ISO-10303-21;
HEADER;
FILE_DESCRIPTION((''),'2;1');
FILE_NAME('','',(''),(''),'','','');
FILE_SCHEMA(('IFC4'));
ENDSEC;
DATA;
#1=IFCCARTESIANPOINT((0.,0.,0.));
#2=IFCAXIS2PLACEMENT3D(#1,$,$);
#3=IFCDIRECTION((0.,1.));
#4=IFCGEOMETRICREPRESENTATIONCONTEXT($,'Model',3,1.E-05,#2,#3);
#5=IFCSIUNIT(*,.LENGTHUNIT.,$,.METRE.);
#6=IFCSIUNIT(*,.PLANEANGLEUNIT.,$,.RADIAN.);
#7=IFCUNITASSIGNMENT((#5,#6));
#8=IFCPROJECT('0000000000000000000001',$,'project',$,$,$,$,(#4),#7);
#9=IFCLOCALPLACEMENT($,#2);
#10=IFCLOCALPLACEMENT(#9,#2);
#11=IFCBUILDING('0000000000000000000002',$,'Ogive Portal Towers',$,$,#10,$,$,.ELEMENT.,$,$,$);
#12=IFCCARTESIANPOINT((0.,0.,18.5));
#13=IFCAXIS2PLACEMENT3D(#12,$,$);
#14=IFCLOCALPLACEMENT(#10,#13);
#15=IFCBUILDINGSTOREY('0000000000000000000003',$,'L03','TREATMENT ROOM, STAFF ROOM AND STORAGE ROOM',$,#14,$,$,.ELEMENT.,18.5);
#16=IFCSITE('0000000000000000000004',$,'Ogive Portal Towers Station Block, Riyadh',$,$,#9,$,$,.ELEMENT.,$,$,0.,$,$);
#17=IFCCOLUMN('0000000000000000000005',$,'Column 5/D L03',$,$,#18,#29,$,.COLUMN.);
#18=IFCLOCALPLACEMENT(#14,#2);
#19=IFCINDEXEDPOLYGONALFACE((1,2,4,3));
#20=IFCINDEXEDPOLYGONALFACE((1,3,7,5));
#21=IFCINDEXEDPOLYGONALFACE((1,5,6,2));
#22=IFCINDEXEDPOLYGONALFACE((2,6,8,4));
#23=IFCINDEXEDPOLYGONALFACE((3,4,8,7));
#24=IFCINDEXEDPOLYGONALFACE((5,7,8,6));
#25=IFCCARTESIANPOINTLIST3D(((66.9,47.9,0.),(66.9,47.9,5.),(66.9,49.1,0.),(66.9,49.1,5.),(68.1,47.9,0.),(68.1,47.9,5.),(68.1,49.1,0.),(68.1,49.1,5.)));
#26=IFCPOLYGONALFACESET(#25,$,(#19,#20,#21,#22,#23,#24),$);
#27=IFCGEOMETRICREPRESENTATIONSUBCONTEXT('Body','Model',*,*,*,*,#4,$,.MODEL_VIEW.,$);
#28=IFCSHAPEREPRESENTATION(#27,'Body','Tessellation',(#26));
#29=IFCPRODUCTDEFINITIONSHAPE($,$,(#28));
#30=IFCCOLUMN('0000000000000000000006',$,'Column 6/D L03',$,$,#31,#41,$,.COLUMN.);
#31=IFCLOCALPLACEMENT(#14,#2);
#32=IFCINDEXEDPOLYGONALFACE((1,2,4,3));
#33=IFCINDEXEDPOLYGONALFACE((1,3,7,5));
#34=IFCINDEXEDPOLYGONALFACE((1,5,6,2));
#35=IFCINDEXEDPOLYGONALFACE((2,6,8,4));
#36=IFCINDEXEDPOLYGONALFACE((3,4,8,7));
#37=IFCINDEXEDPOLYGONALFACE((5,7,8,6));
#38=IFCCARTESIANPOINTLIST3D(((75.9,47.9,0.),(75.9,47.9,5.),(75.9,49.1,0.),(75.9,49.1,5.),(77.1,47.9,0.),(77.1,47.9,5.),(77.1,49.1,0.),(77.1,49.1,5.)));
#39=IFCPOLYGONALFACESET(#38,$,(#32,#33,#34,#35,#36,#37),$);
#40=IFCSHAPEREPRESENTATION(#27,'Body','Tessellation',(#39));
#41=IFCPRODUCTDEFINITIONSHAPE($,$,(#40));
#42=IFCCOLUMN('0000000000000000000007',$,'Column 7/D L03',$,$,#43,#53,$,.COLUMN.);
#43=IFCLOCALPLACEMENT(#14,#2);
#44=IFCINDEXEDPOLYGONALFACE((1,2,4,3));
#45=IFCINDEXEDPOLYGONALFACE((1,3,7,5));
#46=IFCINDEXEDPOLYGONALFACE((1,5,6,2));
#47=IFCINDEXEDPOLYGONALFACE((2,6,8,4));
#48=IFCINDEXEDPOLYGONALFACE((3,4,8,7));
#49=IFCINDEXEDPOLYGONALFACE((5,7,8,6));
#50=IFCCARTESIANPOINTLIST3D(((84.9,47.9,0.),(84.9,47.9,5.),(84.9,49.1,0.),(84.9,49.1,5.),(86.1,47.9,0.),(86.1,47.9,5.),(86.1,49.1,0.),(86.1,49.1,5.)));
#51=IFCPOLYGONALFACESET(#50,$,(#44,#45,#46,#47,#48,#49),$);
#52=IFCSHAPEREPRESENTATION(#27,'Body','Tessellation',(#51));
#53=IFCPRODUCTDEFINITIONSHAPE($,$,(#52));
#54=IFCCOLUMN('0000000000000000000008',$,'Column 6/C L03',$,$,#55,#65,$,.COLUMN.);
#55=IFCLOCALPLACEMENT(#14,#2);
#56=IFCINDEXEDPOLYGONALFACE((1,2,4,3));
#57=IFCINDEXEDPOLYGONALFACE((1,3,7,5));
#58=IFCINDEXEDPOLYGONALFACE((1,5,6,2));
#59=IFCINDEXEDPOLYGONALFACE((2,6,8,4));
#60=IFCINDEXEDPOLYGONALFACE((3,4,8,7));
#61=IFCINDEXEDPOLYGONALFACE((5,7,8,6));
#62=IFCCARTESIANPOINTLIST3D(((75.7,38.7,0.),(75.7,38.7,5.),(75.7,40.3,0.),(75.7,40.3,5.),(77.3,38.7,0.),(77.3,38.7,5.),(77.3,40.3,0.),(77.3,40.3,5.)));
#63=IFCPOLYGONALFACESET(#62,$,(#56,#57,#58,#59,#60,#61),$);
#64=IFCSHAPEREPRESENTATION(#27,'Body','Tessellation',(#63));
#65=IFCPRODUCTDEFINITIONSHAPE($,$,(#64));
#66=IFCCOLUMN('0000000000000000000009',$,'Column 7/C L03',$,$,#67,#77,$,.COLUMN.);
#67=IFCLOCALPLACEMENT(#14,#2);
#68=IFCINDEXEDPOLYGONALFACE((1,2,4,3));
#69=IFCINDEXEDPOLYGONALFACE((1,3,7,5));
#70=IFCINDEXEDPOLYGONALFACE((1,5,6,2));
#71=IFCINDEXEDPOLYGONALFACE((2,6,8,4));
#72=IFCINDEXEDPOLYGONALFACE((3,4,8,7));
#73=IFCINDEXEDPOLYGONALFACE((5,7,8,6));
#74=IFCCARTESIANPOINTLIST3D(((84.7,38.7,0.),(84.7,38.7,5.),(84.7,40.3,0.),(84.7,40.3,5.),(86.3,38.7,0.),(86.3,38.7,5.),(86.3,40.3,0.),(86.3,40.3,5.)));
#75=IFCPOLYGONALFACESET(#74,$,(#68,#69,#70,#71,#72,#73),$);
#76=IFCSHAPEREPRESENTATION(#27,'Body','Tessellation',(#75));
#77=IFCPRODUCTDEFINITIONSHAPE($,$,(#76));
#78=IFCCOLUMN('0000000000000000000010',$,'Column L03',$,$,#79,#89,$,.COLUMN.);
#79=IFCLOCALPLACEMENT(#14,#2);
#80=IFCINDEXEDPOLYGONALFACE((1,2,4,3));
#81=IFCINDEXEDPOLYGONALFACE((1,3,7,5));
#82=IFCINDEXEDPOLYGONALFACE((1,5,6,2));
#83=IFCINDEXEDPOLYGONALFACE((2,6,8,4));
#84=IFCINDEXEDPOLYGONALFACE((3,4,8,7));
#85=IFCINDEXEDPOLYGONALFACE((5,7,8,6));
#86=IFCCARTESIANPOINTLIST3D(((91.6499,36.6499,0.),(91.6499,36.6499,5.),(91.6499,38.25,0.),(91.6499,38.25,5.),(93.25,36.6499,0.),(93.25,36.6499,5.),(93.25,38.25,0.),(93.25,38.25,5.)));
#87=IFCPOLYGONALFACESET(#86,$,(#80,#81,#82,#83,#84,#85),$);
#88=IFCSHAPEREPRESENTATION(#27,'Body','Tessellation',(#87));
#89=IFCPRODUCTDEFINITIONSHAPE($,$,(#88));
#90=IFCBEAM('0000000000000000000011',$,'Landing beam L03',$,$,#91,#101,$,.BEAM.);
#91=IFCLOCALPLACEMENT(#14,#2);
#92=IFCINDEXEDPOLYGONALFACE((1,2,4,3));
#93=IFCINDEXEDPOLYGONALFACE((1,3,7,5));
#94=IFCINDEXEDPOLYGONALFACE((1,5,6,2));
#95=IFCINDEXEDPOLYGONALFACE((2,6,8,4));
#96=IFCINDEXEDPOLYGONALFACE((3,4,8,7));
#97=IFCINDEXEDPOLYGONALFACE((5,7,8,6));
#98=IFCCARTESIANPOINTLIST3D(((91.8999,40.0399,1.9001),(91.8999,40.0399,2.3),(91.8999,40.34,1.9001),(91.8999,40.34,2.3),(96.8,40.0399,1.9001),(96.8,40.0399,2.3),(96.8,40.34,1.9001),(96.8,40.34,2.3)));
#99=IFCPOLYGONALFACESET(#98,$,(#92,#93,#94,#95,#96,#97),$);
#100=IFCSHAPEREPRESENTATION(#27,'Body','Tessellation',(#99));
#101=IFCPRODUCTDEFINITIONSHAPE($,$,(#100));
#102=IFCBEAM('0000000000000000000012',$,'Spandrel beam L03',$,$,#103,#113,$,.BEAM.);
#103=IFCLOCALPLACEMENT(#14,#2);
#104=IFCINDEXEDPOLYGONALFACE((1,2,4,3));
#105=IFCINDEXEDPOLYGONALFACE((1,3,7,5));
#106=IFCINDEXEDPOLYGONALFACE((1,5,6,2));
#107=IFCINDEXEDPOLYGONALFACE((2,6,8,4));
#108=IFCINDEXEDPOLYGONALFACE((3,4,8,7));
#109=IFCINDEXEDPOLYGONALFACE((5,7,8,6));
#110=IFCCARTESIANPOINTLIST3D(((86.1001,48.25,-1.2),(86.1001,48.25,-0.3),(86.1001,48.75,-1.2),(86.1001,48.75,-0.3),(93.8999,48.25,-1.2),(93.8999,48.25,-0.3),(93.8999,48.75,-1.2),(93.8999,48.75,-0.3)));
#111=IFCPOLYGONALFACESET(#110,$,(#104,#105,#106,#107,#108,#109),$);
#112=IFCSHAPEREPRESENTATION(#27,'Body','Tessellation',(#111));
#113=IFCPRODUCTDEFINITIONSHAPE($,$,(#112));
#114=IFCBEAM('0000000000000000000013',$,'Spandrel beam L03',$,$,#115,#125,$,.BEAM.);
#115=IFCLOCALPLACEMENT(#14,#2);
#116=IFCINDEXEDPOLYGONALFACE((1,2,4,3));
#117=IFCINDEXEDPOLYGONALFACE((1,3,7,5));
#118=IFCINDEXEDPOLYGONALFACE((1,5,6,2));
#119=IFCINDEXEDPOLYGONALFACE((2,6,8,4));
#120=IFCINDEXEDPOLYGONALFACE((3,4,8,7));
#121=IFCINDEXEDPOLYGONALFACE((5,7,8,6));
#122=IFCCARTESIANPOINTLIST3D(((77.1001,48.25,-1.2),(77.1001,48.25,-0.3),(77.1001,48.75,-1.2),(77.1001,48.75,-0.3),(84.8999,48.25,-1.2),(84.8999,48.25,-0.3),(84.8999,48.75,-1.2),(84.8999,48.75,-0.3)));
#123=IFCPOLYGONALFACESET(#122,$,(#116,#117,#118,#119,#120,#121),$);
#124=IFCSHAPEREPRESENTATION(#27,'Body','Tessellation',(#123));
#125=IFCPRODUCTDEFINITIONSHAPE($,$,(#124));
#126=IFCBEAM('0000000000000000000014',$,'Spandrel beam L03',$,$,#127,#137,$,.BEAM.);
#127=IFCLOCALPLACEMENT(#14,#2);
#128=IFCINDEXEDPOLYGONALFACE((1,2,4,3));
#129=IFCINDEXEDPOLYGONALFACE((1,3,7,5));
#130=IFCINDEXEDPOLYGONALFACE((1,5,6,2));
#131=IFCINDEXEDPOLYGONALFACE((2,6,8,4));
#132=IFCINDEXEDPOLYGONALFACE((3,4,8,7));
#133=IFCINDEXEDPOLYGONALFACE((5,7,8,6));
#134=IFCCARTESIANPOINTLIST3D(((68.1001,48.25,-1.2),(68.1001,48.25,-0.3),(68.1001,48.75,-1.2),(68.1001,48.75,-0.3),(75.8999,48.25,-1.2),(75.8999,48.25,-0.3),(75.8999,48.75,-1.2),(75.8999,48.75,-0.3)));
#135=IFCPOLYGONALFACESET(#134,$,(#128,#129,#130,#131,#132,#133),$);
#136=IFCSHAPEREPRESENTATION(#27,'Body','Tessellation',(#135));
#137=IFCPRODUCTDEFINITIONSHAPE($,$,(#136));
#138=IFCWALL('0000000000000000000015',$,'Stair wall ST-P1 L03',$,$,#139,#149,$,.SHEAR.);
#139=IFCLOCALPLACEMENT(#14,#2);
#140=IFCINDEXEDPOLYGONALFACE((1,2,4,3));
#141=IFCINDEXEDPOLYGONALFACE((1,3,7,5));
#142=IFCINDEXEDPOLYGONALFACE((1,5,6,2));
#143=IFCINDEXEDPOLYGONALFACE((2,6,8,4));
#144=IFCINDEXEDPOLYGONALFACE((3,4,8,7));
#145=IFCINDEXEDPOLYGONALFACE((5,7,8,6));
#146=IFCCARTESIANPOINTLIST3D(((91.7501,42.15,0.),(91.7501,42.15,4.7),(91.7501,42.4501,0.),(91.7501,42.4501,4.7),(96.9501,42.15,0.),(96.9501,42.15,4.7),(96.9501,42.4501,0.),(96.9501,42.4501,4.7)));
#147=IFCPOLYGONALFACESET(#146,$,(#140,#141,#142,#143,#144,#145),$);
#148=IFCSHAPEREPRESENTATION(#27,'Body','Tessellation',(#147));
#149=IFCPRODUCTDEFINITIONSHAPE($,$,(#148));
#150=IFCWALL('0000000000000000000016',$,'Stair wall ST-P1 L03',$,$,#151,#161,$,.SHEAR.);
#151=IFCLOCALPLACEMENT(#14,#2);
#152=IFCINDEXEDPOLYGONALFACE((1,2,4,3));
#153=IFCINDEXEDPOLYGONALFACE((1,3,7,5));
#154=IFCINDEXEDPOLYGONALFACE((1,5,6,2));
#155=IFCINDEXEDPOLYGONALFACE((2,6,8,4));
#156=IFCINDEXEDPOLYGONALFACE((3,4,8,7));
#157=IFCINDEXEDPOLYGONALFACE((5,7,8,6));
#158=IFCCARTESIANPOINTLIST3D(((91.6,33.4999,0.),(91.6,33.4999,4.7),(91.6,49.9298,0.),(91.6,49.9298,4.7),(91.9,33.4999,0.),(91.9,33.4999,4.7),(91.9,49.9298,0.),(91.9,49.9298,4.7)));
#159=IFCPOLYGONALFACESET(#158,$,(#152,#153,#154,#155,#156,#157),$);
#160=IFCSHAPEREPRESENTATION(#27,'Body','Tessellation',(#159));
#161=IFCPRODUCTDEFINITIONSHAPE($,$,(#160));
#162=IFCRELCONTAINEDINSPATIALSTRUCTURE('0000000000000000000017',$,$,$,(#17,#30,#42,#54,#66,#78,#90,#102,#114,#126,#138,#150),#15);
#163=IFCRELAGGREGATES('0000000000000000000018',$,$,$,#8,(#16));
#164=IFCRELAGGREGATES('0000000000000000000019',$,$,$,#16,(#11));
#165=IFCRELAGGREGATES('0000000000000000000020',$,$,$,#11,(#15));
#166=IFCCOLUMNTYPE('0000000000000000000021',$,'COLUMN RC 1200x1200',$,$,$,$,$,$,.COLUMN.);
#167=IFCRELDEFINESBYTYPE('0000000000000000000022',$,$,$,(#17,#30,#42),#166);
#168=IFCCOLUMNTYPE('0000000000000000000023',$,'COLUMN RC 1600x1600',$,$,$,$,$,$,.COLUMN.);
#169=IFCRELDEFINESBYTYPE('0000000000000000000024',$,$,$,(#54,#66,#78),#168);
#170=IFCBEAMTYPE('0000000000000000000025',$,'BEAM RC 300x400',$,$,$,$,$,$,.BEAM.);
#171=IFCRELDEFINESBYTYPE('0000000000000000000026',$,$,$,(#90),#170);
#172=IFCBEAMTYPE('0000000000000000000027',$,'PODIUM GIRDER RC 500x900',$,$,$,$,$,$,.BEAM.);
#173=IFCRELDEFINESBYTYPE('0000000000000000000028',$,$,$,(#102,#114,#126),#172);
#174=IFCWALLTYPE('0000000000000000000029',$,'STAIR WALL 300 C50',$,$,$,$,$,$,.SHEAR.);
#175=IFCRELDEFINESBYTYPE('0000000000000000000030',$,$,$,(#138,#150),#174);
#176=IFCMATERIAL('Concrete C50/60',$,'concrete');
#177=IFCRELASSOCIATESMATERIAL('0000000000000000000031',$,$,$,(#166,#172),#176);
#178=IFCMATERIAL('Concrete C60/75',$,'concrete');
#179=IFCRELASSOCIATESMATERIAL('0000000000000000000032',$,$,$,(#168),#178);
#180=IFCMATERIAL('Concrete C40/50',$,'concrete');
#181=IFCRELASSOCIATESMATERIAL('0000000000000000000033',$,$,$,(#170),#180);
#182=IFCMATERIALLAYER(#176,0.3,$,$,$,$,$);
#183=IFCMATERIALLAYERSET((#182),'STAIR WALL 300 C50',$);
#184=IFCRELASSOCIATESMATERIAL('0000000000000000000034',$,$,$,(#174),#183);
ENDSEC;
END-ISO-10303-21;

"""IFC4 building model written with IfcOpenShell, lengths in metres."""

from ifc_helpers import new_model, si_unit, direction, frame, frame_2d, origin, origin_2d, place, context, subcontext, project, spatial, rectangle, extrude, material, layer, layer_set, material_profile, profile_set, type_object, element, save


model = new_model("IFC4")

# Units and contexts
model_context = context("Model", 3, precision=1e-05, world=origin(), true_north=direction((0.0, 1.0)))
body_context = subcontext(model_context, "Body", "Model", "MODEL_VIEW")
ifc_project = project(units=[si_unit("LENGTHUNIT", "METRE"), si_unit("PLANEANGLEUNIT", "RADIAN")], contexts=[model_context])

# Site, building, storey
site_placement = place(None, origin())
site = spatial("IfcSite", under=ifc_project, at=site_placement, Name="Ogive Portal Towers Station Block, Riyadh", CompositionType="ELEMENT", RefElevation=0.0)
building_placement = place(site_placement, origin())
building = spatial("IfcBuilding", under=site, at=building_placement, Name="Ogive Portal Towers", CompositionType="ELEMENT")
storey_placement = place(building_placement, frame((0.0, 0.0, 18.5)))
storey = spatial("IfcBuildingStorey", under=building, at=storey_placement, Name="L03", Description="TREATMENT ROOM, STAFF ROOM AND STORAGE ROOM", CompositionType="ELEMENT", Elevation=18.5)

# Columns
ifc_material_1 = material(Name="Concrete C50/60", Category="concrete")
ifc_material_profile_1 = material_profile(ifc_material_1, rectangle(XDim=1.2, YDim=1.2, at=origin_2d()), Name="RC 1200x1200")
ifc_profile_set_1 = profile_set([ifc_material_profile_1], Name="Concrete C50/60")
column_type_1 = type_object("IfcColumnType", Name="COLUMN RC 1200x1200", PredefinedType="COLUMN", material=ifc_profile_set_1)
for number, where, z_axis, x_axis, name in (
    (1, (67.5, 48.5, 0.0), (0.0, 0.0, 1.0), (1.0, 0.0, 0.0), "Column 5/D L03"),
    (2, (76.5, 48.5, 0.0), (0.0, 0.0, 1.0), (1.0, 0.0, 0.0), "Column 6/D L03"),
    (3, (85.5, 48.5, 0.0), (0.0, 0.0, 1.0), (1.0, 0.0, 0.0), "Column 7/D L03"),
):
    element("IfcColumn", number, at=place(storey_placement, frame(where, z_axis=z_axis, x_axis=x_axis)), inside=storey, type_object=column_type_1, Name=name, PredefinedType="COLUMN", context=body_context, shape_type="SweptSolid", body=[
        extrude(rectangle(XDim=1.2, YDim=1.2, at=origin_2d()), origin(), (0.0, 0.0, 1.0), 5.0),
    ])
ifc_material_2 = material(Name="Concrete C60/75", Category="concrete")
ifc_material_profile_2 = material_profile(ifc_material_2, rectangle(XDim=1.6001, YDim=1.6001, at=origin_2d()), Name="RC 1600x1600")
ifc_profile_set_2 = profile_set([ifc_material_profile_2], Name="Concrete C60/75")
column_type_2 = type_object("IfcColumnType", Name="COLUMN RC 1600x1600", PredefinedType="COLUMN", material=ifc_profile_set_2)
for number, where, z_axis, x_axis, name in (
    (4, (76.5, 39.5, 0.0), (0.0, 0.0, 1.0), (1.0, 0.0, 0.0), "Column 6/C L03"),
    (5, (85.5, 39.5, 0.0), (0.0, 0.0, 1.0), (1.0, 0.0, 0.0), "Column 7/C L03"),
    (6, (92.45, 37.45, 0.0), (0.0, 0.0, 1.0), (1.0, 0.0, 0.0), "Column L03"),
):
    element("IfcColumn", number, at=place(storey_placement, frame(where, z_axis=z_axis, x_axis=x_axis)), inside=storey, type_object=column_type_2, Name=name, PredefinedType="COLUMN", context=body_context, shape_type="SweptSolid", body=[
        extrude(rectangle(XDim=1.6001, YDim=1.6001, at=origin_2d()), origin(), (0.0, 0.0, 1.0), 5.0),
    ])

# Beams
ifc_material_3 = material(Name="Concrete C40/50", Category="concrete")
ifc_material_profile_3 = material_profile(ifc_material_3, rectangle(XDim=0.3, YDim=0.3999, at=origin_2d()), Name="RC 300x400")
ifc_profile_set_3 = profile_set([ifc_material_profile_3], Name="Concrete C40/50")
beam_type_1 = type_object("IfcBeamType", Name="BEAM RC 300x400", PredefinedType="BEAM", material=ifc_profile_set_3)
beam_placement = place(storey_placement, frame((91.8999, 40.1899, 2.1001), z_axis=(1.0, 0.0, 0.0), x_axis=(0.0, 1.0, 0.0)))
element("IfcBeam", 7, at=beam_placement, inside=storey, type_object=beam_type_1, Name="Landing beam L03", PredefinedType="BEAM", context=body_context, shape_type="SweptSolid", body=[
    extrude(rectangle(XDim=0.3, YDim=0.3999, at=origin_2d()), origin(), (0.0, 0.0, 1.0), 4.9001),
])
ifc_material_profile_4 = material_profile(ifc_material_1, rectangle(XDim=0.5, YDim=0.8999, at=origin_2d()), Name="RC 500x900")
ifc_profile_set_4 = profile_set([ifc_material_profile_4], Name="Concrete C50/60")
beam_type_2 = type_object("IfcBeamType", Name="PODIUM GIRDER RC 500x900", PredefinedType="BEAM", material=ifc_profile_set_4)
for number, where, z_axis, x_axis, name in (
    (8, (93.8999, 48.5, -0.75), (-1.0, 0.0, 0.0), (0.0, -1.0, 0.0), "Spandrel beam L03"),
    (9, (84.8999, 48.5, -0.75), (-1.0, 0.0, 0.0), (0.0, -1.0, 0.0), "Spandrel beam L03"),
    (10, (75.8999, 48.5, -0.75), (-1.0, 0.0, 0.0), (0.0, -1.0, 0.0), "Spandrel beam L03"),
):
    element("IfcBeam", number, at=place(storey_placement, frame(where, z_axis=z_axis, x_axis=x_axis)), inside=storey, type_object=beam_type_2, Name=name, PredefinedType="BEAM", context=body_context, shape_type="SweptSolid", body=[
        extrude(rectangle(XDim=0.5, YDim=0.8999, at=origin_2d()), origin(), (0.0, 0.0, 1.0), 7.7998),
    ])

# Walls
ifc_layer = layer(ifc_material_1, 0.3)
ifc_layer_set = layer_set([ifc_layer], Name="STAIR WALL 300 C50")
wall_type = type_object("IfcWallType", Name="STAIR WALL 300 C50", PredefinedType="SHEAR", material=ifc_layer_set)
wall_1_placement = place(storey_placement, frame((91.75, 42.3, 0.0), z_axis=(0.0, 0.0, 1.0), x_axis=(1.0, 0.0, 0.0)))
element("IfcWall", 11, at=wall_1_placement, inside=storey, type_object=wall_type, Name="Stair wall ST-P1 L03", PredefinedType="SHEAR", context=body_context, shape_type="SweptSolid", body=[
    extrude(rectangle(XDim=5.2, YDim=0.3, at=frame_2d((2.6001, 0.0))), origin(), (0.0, 0.0, 1.0), 4.7),
])
wall_2_placement = place(storey_placement, frame((91.75, 33.5, 0.0), z_axis=(0.0, 0.0, 1.0), x_axis=(0.0, 1.0, 0.0)))
element("IfcWall", 12, at=wall_2_placement, inside=storey, type_object=wall_type, Name="Stair wall ST-P1 L03", PredefinedType="SHEAR", context=body_context, shape_type="SweptSolid", body=[
    extrude(rectangle(XDim=16.4299, YDim=0.3, at=frame_2d((8.2148, 0.0))), origin(), (0.0, 0.0, 1.0), 4.7),
])

save(model, "model.ifc")
